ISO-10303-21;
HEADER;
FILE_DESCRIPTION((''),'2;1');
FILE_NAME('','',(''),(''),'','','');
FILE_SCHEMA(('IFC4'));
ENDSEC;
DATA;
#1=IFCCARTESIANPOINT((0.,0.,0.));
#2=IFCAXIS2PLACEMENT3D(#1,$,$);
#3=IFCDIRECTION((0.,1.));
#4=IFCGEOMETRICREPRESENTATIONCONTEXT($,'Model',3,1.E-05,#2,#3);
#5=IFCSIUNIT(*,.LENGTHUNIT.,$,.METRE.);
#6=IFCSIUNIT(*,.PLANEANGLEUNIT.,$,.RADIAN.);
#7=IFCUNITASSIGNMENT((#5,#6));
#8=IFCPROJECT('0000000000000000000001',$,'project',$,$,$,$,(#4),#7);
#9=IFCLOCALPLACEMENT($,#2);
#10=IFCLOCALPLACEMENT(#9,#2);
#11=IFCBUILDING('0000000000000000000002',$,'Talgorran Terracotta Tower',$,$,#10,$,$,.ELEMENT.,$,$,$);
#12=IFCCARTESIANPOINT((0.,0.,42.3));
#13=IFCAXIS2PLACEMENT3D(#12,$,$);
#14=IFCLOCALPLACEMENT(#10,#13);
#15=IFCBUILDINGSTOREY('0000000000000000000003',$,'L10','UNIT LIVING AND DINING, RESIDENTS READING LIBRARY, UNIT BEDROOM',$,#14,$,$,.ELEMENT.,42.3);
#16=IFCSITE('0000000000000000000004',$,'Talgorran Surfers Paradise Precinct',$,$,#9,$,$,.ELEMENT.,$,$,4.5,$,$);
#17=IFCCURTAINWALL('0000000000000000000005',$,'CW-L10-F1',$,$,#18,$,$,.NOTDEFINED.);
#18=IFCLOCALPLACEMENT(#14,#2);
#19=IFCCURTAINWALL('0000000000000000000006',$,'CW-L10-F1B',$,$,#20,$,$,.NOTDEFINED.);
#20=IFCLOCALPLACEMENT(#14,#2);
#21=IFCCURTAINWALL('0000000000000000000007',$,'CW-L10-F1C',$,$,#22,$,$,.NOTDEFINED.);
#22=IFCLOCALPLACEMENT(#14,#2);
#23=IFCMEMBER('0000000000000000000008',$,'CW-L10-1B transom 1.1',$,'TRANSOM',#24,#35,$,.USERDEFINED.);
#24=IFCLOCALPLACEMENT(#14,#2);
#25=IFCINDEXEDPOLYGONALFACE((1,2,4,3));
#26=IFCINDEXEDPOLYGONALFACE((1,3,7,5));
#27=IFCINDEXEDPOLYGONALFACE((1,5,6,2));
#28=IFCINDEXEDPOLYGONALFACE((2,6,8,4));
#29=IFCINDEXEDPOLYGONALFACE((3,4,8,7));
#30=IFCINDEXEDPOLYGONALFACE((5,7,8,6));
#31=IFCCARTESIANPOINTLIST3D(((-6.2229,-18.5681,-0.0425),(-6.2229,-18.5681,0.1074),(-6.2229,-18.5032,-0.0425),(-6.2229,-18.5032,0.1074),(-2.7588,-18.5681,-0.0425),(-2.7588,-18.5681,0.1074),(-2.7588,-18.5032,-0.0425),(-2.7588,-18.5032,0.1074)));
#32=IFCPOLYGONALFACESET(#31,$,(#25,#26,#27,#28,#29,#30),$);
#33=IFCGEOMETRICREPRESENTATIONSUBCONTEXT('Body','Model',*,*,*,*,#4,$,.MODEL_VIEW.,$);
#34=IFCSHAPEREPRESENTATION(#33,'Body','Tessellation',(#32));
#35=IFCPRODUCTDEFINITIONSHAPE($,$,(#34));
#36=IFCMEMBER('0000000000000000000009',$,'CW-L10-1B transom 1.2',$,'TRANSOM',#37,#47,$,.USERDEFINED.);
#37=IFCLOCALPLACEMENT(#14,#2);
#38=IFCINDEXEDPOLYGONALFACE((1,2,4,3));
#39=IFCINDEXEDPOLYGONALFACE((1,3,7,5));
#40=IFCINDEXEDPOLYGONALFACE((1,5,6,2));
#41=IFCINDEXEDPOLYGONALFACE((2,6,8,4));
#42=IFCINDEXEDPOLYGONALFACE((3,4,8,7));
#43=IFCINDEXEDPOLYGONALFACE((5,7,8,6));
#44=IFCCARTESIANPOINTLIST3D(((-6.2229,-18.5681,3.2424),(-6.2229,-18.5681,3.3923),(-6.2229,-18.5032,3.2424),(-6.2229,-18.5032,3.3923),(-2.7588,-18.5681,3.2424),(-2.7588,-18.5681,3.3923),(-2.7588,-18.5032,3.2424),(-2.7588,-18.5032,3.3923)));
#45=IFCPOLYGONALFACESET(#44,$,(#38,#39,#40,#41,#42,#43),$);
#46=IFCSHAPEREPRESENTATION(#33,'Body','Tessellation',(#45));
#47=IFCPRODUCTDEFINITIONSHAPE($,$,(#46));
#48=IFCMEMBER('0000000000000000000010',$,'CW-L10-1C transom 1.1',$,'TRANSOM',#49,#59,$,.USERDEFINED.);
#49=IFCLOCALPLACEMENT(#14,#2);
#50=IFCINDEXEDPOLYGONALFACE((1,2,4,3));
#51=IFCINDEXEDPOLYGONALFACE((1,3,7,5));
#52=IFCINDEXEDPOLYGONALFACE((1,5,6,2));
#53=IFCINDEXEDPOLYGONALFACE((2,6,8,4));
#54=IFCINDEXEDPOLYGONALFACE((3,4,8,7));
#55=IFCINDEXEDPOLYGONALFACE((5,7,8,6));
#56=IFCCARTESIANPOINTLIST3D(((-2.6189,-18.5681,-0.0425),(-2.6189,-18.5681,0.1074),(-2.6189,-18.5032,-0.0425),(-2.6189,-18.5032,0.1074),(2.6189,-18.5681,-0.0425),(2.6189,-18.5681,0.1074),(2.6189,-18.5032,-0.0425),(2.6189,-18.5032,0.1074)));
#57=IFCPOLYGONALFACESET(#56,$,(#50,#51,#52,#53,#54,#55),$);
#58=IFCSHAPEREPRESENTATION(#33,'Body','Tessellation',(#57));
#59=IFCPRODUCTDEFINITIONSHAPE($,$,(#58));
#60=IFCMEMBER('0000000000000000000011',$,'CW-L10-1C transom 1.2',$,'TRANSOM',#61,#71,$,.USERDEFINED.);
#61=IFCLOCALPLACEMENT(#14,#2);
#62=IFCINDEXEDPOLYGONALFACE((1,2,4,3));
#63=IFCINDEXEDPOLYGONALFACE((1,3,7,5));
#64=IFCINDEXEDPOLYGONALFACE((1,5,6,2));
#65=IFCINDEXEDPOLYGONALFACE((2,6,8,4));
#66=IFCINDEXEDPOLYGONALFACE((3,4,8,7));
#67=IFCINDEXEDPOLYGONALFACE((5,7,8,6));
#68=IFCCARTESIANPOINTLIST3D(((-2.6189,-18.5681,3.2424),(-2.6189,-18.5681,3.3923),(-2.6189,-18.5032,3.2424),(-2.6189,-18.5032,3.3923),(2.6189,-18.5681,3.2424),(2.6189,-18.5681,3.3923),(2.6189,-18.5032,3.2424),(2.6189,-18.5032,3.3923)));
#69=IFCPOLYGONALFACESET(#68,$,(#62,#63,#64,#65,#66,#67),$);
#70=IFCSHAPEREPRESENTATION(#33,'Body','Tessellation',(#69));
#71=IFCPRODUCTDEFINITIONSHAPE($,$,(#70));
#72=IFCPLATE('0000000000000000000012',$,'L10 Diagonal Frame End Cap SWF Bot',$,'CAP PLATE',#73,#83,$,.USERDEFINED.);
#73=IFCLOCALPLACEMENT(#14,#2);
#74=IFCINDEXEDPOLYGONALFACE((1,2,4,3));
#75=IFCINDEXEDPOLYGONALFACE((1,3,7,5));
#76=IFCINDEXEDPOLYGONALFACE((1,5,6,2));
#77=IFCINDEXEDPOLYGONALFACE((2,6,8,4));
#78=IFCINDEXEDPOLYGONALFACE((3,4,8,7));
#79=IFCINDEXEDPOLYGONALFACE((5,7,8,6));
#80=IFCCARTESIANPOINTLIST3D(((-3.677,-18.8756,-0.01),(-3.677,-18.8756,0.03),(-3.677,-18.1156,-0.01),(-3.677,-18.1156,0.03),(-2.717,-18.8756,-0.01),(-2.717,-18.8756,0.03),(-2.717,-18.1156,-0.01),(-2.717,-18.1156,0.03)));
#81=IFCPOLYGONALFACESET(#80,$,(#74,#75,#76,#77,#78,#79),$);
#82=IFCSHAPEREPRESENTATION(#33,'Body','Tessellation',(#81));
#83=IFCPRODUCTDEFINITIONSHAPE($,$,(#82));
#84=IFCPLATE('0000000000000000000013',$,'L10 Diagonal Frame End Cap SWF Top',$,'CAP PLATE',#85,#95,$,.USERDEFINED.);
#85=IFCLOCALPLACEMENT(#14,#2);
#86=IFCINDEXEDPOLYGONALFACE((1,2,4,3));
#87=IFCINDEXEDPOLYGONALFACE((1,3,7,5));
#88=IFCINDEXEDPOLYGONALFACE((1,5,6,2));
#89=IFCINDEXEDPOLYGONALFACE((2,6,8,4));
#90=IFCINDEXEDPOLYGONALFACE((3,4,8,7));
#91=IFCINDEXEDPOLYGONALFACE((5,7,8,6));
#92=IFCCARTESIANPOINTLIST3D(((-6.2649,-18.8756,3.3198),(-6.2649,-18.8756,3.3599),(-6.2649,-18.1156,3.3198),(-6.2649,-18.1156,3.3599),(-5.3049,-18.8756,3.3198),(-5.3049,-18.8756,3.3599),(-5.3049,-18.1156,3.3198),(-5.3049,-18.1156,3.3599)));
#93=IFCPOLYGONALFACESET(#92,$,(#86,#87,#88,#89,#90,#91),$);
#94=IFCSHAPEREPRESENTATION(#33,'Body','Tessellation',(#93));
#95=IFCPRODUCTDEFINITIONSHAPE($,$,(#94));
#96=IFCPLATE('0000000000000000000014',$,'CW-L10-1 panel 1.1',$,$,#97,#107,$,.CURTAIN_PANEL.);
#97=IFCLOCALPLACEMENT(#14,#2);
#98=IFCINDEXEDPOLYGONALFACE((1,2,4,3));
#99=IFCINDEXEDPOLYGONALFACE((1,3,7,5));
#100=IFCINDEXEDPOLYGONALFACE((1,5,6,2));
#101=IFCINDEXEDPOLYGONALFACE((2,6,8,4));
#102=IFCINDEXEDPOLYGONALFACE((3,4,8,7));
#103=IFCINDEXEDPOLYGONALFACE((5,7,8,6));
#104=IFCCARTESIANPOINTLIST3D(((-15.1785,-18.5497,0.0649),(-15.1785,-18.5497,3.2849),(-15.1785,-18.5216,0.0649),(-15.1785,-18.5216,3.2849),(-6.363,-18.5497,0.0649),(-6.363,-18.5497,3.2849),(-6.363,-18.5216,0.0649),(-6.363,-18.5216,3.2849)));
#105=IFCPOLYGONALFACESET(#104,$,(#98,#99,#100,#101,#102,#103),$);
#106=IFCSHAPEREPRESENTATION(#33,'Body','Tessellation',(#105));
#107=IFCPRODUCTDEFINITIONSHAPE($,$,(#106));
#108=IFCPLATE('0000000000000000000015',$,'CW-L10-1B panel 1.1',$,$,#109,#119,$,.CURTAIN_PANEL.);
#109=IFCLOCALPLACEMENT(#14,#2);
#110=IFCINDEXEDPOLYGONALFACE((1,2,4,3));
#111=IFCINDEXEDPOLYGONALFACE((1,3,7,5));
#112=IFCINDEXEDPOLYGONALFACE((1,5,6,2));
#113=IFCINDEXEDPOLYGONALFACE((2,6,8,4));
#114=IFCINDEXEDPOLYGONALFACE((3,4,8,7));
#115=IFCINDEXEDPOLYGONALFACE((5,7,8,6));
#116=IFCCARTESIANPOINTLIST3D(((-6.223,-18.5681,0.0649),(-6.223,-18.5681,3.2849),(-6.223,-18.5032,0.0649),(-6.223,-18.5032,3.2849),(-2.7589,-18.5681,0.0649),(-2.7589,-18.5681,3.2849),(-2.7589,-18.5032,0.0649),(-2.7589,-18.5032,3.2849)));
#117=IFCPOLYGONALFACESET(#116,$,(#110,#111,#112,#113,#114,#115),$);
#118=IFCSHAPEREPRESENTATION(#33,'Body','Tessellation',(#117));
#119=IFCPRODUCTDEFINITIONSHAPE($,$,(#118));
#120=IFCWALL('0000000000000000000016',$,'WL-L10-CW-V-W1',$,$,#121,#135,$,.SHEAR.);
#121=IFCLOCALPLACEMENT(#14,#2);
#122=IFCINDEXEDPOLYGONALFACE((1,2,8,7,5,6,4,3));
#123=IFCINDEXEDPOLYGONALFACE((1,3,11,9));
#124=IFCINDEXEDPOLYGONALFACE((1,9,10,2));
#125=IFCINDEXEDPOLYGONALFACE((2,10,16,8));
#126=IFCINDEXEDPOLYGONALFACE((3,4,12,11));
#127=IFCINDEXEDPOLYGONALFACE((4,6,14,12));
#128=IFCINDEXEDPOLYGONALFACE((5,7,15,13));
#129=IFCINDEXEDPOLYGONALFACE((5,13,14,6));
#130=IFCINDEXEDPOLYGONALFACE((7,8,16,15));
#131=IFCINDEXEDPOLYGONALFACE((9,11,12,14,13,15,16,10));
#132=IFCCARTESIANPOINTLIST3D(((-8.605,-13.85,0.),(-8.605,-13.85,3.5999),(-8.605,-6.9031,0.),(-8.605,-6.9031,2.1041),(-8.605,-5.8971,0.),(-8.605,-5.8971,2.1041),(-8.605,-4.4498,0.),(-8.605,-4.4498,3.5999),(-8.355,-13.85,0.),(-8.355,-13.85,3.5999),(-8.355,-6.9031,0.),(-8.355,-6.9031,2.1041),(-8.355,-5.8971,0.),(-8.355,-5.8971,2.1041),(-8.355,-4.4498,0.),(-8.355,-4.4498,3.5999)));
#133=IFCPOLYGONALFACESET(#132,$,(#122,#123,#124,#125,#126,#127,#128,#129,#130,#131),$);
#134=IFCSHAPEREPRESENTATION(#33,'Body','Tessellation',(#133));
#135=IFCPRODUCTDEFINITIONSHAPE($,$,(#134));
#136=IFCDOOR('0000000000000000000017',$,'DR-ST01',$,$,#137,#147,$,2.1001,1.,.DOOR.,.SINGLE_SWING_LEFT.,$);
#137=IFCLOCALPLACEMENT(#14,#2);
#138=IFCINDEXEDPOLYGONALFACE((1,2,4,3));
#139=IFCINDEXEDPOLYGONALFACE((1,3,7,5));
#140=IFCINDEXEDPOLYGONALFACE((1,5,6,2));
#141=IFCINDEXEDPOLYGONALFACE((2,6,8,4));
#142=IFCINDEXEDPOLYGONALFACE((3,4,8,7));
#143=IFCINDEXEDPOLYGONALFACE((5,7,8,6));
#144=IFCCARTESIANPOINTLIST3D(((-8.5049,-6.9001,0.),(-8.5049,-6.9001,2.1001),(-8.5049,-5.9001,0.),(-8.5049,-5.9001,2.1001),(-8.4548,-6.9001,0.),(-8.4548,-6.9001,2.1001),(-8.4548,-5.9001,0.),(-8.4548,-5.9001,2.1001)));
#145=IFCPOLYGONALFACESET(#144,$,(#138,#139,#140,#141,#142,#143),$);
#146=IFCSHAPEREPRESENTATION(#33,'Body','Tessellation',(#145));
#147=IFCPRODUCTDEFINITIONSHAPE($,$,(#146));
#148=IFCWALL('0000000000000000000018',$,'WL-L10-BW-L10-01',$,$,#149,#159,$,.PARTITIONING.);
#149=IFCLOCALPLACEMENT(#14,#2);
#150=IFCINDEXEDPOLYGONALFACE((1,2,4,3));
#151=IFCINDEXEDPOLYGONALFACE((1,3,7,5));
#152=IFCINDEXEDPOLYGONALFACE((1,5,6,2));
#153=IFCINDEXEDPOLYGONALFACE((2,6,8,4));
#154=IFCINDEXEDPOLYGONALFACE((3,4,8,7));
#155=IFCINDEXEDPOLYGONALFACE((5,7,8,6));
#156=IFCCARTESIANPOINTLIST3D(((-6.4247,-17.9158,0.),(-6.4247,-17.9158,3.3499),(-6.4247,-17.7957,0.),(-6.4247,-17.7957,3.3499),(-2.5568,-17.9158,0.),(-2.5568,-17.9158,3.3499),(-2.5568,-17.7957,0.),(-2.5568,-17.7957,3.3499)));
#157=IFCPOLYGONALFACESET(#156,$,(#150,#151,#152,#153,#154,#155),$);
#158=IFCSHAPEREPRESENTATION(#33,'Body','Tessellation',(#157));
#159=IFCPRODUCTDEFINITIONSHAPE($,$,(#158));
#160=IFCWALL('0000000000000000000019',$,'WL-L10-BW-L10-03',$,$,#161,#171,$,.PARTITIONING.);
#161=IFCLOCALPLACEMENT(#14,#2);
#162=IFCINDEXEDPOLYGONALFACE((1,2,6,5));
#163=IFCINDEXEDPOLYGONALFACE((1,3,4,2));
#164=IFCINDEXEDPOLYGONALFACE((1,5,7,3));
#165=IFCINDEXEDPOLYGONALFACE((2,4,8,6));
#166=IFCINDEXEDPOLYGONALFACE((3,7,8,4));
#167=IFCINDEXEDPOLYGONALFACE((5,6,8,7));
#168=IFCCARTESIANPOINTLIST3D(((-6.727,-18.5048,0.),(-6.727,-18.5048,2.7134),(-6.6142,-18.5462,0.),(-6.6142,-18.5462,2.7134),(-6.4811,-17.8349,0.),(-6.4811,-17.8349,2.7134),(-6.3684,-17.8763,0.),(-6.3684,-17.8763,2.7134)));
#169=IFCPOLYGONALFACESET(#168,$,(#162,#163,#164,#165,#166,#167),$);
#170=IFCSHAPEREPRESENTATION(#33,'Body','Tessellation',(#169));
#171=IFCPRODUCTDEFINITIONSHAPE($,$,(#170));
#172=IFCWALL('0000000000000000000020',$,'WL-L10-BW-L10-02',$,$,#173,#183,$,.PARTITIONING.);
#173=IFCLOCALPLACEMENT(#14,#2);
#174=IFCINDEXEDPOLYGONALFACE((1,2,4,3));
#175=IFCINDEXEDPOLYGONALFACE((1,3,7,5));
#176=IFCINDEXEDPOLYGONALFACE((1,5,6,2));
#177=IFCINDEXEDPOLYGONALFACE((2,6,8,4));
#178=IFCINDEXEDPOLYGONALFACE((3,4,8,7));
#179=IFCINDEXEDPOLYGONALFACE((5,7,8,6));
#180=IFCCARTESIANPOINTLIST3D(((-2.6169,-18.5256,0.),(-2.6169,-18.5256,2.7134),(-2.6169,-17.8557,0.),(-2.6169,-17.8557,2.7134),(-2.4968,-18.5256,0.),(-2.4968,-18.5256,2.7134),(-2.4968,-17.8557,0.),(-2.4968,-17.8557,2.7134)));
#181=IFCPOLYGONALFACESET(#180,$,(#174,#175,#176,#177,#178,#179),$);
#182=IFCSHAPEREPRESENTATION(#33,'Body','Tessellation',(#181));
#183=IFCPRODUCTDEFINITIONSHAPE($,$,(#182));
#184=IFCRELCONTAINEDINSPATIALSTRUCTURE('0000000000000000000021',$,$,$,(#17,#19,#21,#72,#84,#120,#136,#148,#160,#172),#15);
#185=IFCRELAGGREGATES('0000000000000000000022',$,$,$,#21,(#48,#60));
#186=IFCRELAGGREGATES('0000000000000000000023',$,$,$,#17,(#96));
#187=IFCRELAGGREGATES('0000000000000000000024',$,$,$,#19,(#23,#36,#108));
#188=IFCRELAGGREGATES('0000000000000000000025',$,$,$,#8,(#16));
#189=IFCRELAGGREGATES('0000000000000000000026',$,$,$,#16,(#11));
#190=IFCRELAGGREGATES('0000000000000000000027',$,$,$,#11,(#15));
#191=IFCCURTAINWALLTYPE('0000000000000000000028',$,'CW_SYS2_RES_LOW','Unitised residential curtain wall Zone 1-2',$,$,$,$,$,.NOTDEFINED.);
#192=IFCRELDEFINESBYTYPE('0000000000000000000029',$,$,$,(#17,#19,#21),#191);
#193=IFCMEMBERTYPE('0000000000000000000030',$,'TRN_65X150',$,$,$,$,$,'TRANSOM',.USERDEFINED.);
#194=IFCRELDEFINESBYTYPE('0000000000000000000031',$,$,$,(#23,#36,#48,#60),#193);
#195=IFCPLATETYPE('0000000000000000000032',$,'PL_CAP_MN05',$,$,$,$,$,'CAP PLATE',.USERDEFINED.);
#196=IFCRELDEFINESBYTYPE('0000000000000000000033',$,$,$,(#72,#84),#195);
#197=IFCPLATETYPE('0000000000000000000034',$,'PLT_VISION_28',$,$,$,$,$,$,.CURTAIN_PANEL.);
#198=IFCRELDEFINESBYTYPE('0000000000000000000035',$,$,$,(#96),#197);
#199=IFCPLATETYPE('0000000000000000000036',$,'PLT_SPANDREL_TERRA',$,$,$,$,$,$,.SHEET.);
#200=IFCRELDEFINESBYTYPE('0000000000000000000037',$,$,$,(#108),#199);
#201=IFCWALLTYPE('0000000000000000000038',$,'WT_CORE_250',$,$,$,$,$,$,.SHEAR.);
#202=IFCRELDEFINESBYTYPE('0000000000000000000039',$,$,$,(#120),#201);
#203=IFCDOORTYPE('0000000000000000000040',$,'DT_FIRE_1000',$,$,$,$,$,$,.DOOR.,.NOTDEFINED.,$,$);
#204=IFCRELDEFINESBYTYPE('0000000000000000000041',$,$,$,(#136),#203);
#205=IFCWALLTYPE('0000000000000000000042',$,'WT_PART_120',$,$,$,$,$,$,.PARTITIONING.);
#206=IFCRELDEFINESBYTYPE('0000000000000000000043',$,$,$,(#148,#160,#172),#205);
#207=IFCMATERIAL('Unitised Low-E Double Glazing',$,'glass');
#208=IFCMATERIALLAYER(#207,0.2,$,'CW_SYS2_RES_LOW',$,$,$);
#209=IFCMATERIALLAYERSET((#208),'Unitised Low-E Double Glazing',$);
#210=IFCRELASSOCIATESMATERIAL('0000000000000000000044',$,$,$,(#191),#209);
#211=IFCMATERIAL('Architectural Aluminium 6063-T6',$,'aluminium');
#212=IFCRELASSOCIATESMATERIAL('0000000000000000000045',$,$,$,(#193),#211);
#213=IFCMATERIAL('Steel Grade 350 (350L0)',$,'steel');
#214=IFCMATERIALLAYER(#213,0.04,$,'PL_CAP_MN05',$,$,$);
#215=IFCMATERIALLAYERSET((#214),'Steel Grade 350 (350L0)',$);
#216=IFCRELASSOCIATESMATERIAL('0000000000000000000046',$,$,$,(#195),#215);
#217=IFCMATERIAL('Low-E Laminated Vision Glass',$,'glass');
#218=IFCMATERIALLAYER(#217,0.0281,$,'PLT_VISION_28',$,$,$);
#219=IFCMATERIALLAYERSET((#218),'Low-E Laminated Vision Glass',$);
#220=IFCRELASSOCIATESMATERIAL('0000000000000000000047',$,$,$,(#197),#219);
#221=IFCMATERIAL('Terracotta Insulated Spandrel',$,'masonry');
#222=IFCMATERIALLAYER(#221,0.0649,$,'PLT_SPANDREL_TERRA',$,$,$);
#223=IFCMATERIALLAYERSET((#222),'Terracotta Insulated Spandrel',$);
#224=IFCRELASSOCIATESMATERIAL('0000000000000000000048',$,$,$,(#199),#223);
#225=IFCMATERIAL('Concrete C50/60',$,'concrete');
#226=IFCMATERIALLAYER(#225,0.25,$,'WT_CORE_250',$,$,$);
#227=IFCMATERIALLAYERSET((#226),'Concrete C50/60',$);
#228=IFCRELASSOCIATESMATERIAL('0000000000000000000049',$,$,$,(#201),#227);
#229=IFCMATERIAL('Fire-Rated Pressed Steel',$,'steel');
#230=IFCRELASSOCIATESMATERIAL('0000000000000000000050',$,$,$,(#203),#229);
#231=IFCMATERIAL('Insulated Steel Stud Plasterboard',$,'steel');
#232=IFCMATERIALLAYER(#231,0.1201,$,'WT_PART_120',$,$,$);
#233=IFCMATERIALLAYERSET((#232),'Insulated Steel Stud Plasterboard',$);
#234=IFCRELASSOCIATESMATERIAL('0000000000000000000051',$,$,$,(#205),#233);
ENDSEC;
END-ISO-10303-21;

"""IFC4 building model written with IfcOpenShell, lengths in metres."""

from ifc_helpers import new_model, si_unit, direction, frame, frame_2d, origin, origin_2d, place, context, subcontext, project, spatial, rectangle, extrude, source, transform, mapped, material, layer, layer_set, material_profile, profile_set, type_object, type_shapes, element, fill, aggregate, save


model = new_model("IFC4")

# Units and contexts
model_context = context("Model", 3, precision=1e-05, world=origin(), true_north=direction((0.0, 1.0)))
body_context = subcontext(model_context, "Body", "Model", "MODEL_VIEW")
ifc_project = project(units=[si_unit("LENGTHUNIT", "METRE"), si_unit("PLANEANGLEUNIT", "RADIAN")], contexts=[model_context])

# Site, building, storey
site_placement = place(None, origin())
site = spatial("IfcSite", under=ifc_project, at=site_placement, Name="Talgorran Surfers Paradise Precinct", CompositionType="ELEMENT", RefElevation=4.5)
building_placement = place(site_placement, origin())
building = spatial("IfcBuilding", under=site, at=building_placement, Name="Talgorran Terracotta Tower", CompositionType="ELEMENT")
storey_placement = place(building_placement, frame((0.0, 0.0, 42.3)))
storey = spatial("IfcBuildingStorey", under=building, at=storey_placement, Name="L10", Description="UNIT LIVING AND DINING, RESIDENTS READING LIBRARY, UNIT BEDROOM", CompositionType="ELEMENT", Elevation=42.3)

# Shared definitions
ifc_material_1 = material(Name="Steel Grade 350 (350L0)", Category="steel")

# Curtain wall
ifc_material_2 = material(Name="Unitised Low-E Double Glazing", Category="glass")
ifc_layer_1 = layer(ifc_material_2, 0.2, Name="CW_SYS2_RES_LOW")
ifc_layer_set_1 = layer_set([ifc_layer_1], Name="Unitised Low-E Double Glazing")
curtain_wall_type = type_object("IfcCurtainWallType", Name="CW_SYS2_RES_LOW", Description="Unitised residential curtain wall Zone 1-2", PredefinedType="NOTDEFINED", material=ifc_layer_set_1)
curtain_wall_1_placement = place(storey_placement, origin())
curtain_wall_1 = element("IfcCurtainWall", 1, at=curtain_wall_1_placement, inside=storey, type_object=curtain_wall_type, Name="CW-L10-F1", PredefinedType="NOTDEFINED")
ifc_material_3 = material(Name="Architectural Aluminium 6063-T6", Category="aluminium")

# Curtain wall
curtain_wall_2_placement = place(storey_placement, origin())
curtain_wall_2 = element("IfcCurtainWall", 2, at=curtain_wall_2_placement, inside=storey, type_object=curtain_wall_type, Name="CW-L10-F1B", PredefinedType="NOTDEFINED")

# Curtain wall
curtain_wall_3_placement = place(storey_placement, origin())
curtain_wall_3 = element("IfcCurtainWall", 3, at=curtain_wall_3_placement, inside=storey, type_object=curtain_wall_type, Name="CW-L10-F1C", PredefinedType="NOTDEFINED")

# Members
ifc_material_profile_1 = material_profile(ifc_material_3, rectangle(XDim=0.0649, YDim=0.1499, at=origin_2d()), Name="CWT65X150")
ifc_profile_set_1 = profile_set([ifc_material_profile_1], Name="Architectural Aluminium 6063-T6")
member_type_1 = type_object("IfcMemberType", Name="TRN_65X150", ElementType="TRANSOM", PredefinedType="USERDEFINED", material=ifc_profile_set_1)
member_1_placement = place(storey_placement, frame((-6.2229, -18.5356, 0.0325), z_axis=(1.0, 0.0, 0.0), x_axis=(0.0, 1.0, 0.0)))
member_1 = element("IfcMember", 4, at=member_1_placement, type_object=member_type_1, Name="CW-L10-1B transom 1.1", ObjectType="TRANSOM", PredefinedType="USERDEFINED", context=body_context, shape_type="SweptSolid", body=[
    extrude(rectangle(XDim=0.0649, YDim=0.1499, at=origin_2d()), origin(), (0.0, 0.0, 1.0), 3.4641),
])
member_2_placement = place(storey_placement, frame((-6.2229, -18.5356, 3.3174), z_axis=(1.0, 0.0, 0.0), x_axis=(0.0, 1.0, 0.0)))
member_2 = element("IfcMember", 5, at=member_2_placement, type_object=member_type_1, Name="CW-L10-1B transom 1.2", ObjectType="TRANSOM", PredefinedType="USERDEFINED", context=body_context, shape_type="SweptSolid", body=[
    extrude(rectangle(XDim=0.0649, YDim=0.1499, at=origin_2d()), origin(), (0.0, 0.0, 1.0), 3.4641),
])
member_3_placement = place(storey_placement, frame((-2.6189, -18.5356, 0.0325), z_axis=(1.0, 0.0, 0.0), x_axis=(0.0, 1.0, 0.0)))
member_3 = element("IfcMember", 6, at=member_3_placement, type_object=member_type_1, Name="CW-L10-1C transom 1.1", ObjectType="TRANSOM", PredefinedType="USERDEFINED", context=body_context, shape_type="SweptSolid", body=[
    extrude(rectangle(XDim=0.0649, YDim=0.1499, at=origin_2d()), origin(), (0.0, 0.0, 1.0), 5.2378),
])
member_4_placement = place(storey_placement, frame((-2.6189, -18.5356, 3.3174), z_axis=(1.0, 0.0, 0.0), x_axis=(0.0, 1.0, 0.0)))
member_4 = element("IfcMember", 7, at=member_4_placement, type_object=member_type_1, Name="CW-L10-1C transom 1.2", ObjectType="TRANSOM", PredefinedType="USERDEFINED", context=body_context, shape_type="SweptSolid", body=[
    extrude(rectangle(XDim=0.0649, YDim=0.1499, at=origin_2d()), origin(), (0.0, 0.0, 1.0), 5.2378),
])
aggregate(curtain_wall_3, [member_3, member_4])

# Plates
ifc_layer_2 = layer(ifc_material_1, 0.04, Name="PL_CAP_MN05")
ifc_layer_set_2 = layer_set([ifc_layer_2], Name="Steel Grade 350 (350L0)")
plate_type_1 = type_object("IfcPlateType", Name="PL_CAP_MN05", ElementType="CAP PLATE", PredefinedType="USERDEFINED", material=ifc_layer_set_2)
for number, where, z_axis, x_axis, name in (
    (8, (-3.197, -18.4956, -0.01), (0.0, 0.0, 1.0), (-1.0, 0.0, 0.0), "L10 Diagonal Frame End Cap SWF Bot"),
    (9, (-5.7849, -18.4956, 3.3198), (0.0, 0.0, 1.0), (-1.0, 0.0, 0.0), "L10 Diagonal Frame End Cap SWF Top"),
):
    element("IfcPlate", number, at=place(storey_placement, frame(where, z_axis=z_axis, x_axis=x_axis)), inside=storey, type_object=plate_type_1, Name=name, ObjectType="CAP PLATE", PredefinedType="USERDEFINED", context=body_context, shape_type="SweptSolid", body=[
        extrude(rectangle(XDim=0.96, YDim=0.76, at=origin_2d()), origin(), (0.0, 0.0, 1.0), 0.04),
    ])

# Plates
ifc_material_4 = material(Name="Low-E Laminated Vision Glass", Category="glass")
ifc_layer_3 = layer(ifc_material_4, 0.0281, Name="PLT_VISION_28")
ifc_layer_set_3 = layer_set([ifc_layer_3], Name="Low-E Laminated Vision Glass")
plate_type_2 = type_object("IfcPlateType", Name="PLT_VISION_28", PredefinedType="CURTAIN_PANEL", material=ifc_layer_set_3)
shared_shape_1 = source(origin(), body_context, "Body", "SweptSolid", [
    extrude(rectangle(XDim=8.8154, YDim=0.0281, at=origin_2d()), origin(), (0.0, 0.0, 1.0), 3.22),
])
type_shapes(plate_type_2, [shared_shape_1])
plate_1_placement = place(storey_placement, frame((-10.7708, -18.5356, 0.0649), z_axis=(0.0, 0.0, 1.0), x_axis=(1.0, 0.0, 0.0)))
plate_1 = element("IfcPlate", 10, at=plate_1_placement, type_object=plate_type_2, Name="CW-L10-1 panel 1.1", PredefinedType="CURTAIN_PANEL", context=body_context, shape_type="MappedRepresentation", body=[
    mapped(shared_shape_1, transform((0.0, 0.0, 0.0), scale=1.0)),
])
aggregate(curtain_wall_1, [plate_1])
ifc_material_5 = material(Name="Terracotta Insulated Spandrel", Category="masonry")
ifc_layer_4 = layer(ifc_material_5, 0.0649, Name="PLT_SPANDREL_TERRA")
ifc_layer_set_4 = layer_set([ifc_layer_4], Name="Terracotta Insulated Spandrel")
plate_type_3 = type_object("IfcPlateType", Name="PLT_SPANDREL_TERRA", PredefinedType="SHEET", material=ifc_layer_set_4)
shared_shape_2 = source(origin(), body_context, "Body", "SweptSolid", [
    extrude(rectangle(XDim=3.4641, YDim=0.0649, at=origin_2d()), origin(), (0.0, 0.0, 1.0), 3.22),
])
type_shapes(plate_type_3, [shared_shape_2])
plate_2_placement = place(storey_placement, frame((-4.491, -18.5356, 0.0649), z_axis=(0.0, 0.0, 1.0), x_axis=(1.0, 0.0, 0.0)))
plate_2 = element("IfcPlate", 11, at=plate_2_placement, type_object=plate_type_3, Name="CW-L10-1B panel 1.1", PredefinedType="CURTAIN_PANEL", context=body_context, shape_type="MappedRepresentation", body=[
    mapped(shared_shape_2, transform((0.0, 0.0, 0.0), scale=1.0)),
])
aggregate(curtain_wall_2, [member_1, member_2, plate_2])

# Wall, opening, door
ifc_material_6 = material(Name="Concrete C50/60", Category="concrete")
ifc_layer_5 = layer(ifc_material_6, 0.25, Name="WT_CORE_250")
ifc_layer_set_5 = layer_set([ifc_layer_5], Name="Concrete C50/60")
wall_type_1 = type_object("IfcWallType", Name="WT_CORE_250", PredefinedType="SHEAR", material=ifc_layer_set_5)
wall_1_placement = place(storey_placement, frame((-8.48, -13.8501, 0.0), z_axis=(0.0, 0.0, 1.0), x_axis=(0.0, 1.0, 0.0)))
wall_1 = element("IfcWall", 12, at=wall_1_placement, inside=storey, type_object=wall_type_1, Name="WL-L10-CW-V-W1", PredefinedType="SHEAR", context=body_context, shape_type="SweptSolid", body=[
    extrude(rectangle(XDim=9.4001, YDim=0.25, at=frame_2d((4.7002, 0.0))), origin(), (0.0, 0.0, 1.0), 3.5999),
])
opening_placement = place(wall_1_placement, frame((6.95, 0.0, 0.0)))
opening = element("IfcOpeningElement", 13, at=opening_placement, cuts=wall_1, PredefinedType="OPENING", context=body_context, shape_type="SweptSolid", body=[
    extrude(rectangle(XDim=1.006, YDim=2.1041, at=frame_2d((0.5, 1.052))), frame((0.0, 0.135, 0.0), z_axis=(0.0, -1.0, 0.0), x_axis=(1.0, 0.0, 0.0)), (0.0, 0.0, 1.0), 0.27),
])
ifc_material_7 = material(Name="Fire-Rated Pressed Steel", Category="steel")
door_type = type_object("IfcDoorType", Name="DT_FIRE_1000", OperationType="NOTDEFINED", PredefinedType="DOOR", material=ifc_material_7)
door_placement = place(opening_placement, origin())
door = element("IfcDoor", 14, at=door_placement, inside=storey, type_object=door_type, Name="DR-ST01", OperationType="SINGLE_SWING_LEFT", OverallHeight=2.1001, OverallWidth=1.0, PredefinedType="DOOR", context=body_context, shape_type="SweptSolid", body=[
    extrude(rectangle(XDim=1.0, YDim=2.1001, at=frame_2d((0.5, 1.05))), frame((0.0, 0.0249, 0.0), z_axis=(0.0, -1.0, 0.0), x_axis=(1.0, 0.0, 0.0)), (0.0, 0.0, 1.0), 0.05),
])
fill(opening, door)

# Walls
ifc_material_8 = material(Name="Insulated Steel Stud Plasterboard", Category="steel")
ifc_layer_6 = layer(ifc_material_8, 0.1201, Name="WT_PART_120")
ifc_layer_set_6 = layer_set([ifc_layer_6], Name="Insulated Steel Stud Plasterboard")
wall_type_2 = type_object("IfcWallType", Name="WT_PART_120", PredefinedType="PARTITIONING", material=ifc_layer_set_6)
wall_2_placement = place(storey_placement, frame((-6.4248, -17.8557, 0.0), z_axis=(0.0, 0.0, 1.0), x_axis=(1.0, 0.0, 0.0)))
element("IfcWall", 15, at=wall_2_placement, inside=storey, type_object=wall_type_2, Name="WL-L10-BW-L10-01", PredefinedType="PARTITIONING", context=body_context, shape_type="SweptSolid", body=[
    extrude(rectangle(XDim=3.8679, YDim=0.1201, at=frame_2d((1.9341, 0.0))), origin(), (0.0, 0.0, 1.0), 3.3499),
])
wall_3_placement = place(storey_placement, frame((-6.6707, -18.5256, 0.0), z_axis=(0.0, 0.0, 1.0), x_axis=(0.344516, 0.93878, 0.0)))
element("IfcWall", 16, at=wall_3_placement, inside=storey, type_object=wall_type_2, Name="WL-L10-BW-L10-03", PredefinedType="PARTITIONING", context=body_context, shape_type="SweptSolid", body=[
    extrude(rectangle(XDim=0.7136, YDim=0.1201, at=frame_2d((0.3569, 0.0))), origin(), (0.0, 0.0, 1.0), 2.7134),
])
wall_4_placement = place(storey_placement, frame((-2.5569, -17.8557, 0.0), z_axis=(0.0, 0.0, 1.0), x_axis=(0.0, -1.0, 0.0)))
element("IfcWall", 17, at=wall_4_placement, inside=storey, type_object=wall_type_2, Name="WL-L10-BW-L10-02", PredefinedType="PARTITIONING", context=body_context, shape_type="SweptSolid", body=[
    extrude(rectangle(XDim=0.6699, YDim=0.1201, at=frame_2d((0.335, 0.0))), origin(), (0.0, 0.0, 1.0), 2.7134),
])

save(model, "model.ifc")
